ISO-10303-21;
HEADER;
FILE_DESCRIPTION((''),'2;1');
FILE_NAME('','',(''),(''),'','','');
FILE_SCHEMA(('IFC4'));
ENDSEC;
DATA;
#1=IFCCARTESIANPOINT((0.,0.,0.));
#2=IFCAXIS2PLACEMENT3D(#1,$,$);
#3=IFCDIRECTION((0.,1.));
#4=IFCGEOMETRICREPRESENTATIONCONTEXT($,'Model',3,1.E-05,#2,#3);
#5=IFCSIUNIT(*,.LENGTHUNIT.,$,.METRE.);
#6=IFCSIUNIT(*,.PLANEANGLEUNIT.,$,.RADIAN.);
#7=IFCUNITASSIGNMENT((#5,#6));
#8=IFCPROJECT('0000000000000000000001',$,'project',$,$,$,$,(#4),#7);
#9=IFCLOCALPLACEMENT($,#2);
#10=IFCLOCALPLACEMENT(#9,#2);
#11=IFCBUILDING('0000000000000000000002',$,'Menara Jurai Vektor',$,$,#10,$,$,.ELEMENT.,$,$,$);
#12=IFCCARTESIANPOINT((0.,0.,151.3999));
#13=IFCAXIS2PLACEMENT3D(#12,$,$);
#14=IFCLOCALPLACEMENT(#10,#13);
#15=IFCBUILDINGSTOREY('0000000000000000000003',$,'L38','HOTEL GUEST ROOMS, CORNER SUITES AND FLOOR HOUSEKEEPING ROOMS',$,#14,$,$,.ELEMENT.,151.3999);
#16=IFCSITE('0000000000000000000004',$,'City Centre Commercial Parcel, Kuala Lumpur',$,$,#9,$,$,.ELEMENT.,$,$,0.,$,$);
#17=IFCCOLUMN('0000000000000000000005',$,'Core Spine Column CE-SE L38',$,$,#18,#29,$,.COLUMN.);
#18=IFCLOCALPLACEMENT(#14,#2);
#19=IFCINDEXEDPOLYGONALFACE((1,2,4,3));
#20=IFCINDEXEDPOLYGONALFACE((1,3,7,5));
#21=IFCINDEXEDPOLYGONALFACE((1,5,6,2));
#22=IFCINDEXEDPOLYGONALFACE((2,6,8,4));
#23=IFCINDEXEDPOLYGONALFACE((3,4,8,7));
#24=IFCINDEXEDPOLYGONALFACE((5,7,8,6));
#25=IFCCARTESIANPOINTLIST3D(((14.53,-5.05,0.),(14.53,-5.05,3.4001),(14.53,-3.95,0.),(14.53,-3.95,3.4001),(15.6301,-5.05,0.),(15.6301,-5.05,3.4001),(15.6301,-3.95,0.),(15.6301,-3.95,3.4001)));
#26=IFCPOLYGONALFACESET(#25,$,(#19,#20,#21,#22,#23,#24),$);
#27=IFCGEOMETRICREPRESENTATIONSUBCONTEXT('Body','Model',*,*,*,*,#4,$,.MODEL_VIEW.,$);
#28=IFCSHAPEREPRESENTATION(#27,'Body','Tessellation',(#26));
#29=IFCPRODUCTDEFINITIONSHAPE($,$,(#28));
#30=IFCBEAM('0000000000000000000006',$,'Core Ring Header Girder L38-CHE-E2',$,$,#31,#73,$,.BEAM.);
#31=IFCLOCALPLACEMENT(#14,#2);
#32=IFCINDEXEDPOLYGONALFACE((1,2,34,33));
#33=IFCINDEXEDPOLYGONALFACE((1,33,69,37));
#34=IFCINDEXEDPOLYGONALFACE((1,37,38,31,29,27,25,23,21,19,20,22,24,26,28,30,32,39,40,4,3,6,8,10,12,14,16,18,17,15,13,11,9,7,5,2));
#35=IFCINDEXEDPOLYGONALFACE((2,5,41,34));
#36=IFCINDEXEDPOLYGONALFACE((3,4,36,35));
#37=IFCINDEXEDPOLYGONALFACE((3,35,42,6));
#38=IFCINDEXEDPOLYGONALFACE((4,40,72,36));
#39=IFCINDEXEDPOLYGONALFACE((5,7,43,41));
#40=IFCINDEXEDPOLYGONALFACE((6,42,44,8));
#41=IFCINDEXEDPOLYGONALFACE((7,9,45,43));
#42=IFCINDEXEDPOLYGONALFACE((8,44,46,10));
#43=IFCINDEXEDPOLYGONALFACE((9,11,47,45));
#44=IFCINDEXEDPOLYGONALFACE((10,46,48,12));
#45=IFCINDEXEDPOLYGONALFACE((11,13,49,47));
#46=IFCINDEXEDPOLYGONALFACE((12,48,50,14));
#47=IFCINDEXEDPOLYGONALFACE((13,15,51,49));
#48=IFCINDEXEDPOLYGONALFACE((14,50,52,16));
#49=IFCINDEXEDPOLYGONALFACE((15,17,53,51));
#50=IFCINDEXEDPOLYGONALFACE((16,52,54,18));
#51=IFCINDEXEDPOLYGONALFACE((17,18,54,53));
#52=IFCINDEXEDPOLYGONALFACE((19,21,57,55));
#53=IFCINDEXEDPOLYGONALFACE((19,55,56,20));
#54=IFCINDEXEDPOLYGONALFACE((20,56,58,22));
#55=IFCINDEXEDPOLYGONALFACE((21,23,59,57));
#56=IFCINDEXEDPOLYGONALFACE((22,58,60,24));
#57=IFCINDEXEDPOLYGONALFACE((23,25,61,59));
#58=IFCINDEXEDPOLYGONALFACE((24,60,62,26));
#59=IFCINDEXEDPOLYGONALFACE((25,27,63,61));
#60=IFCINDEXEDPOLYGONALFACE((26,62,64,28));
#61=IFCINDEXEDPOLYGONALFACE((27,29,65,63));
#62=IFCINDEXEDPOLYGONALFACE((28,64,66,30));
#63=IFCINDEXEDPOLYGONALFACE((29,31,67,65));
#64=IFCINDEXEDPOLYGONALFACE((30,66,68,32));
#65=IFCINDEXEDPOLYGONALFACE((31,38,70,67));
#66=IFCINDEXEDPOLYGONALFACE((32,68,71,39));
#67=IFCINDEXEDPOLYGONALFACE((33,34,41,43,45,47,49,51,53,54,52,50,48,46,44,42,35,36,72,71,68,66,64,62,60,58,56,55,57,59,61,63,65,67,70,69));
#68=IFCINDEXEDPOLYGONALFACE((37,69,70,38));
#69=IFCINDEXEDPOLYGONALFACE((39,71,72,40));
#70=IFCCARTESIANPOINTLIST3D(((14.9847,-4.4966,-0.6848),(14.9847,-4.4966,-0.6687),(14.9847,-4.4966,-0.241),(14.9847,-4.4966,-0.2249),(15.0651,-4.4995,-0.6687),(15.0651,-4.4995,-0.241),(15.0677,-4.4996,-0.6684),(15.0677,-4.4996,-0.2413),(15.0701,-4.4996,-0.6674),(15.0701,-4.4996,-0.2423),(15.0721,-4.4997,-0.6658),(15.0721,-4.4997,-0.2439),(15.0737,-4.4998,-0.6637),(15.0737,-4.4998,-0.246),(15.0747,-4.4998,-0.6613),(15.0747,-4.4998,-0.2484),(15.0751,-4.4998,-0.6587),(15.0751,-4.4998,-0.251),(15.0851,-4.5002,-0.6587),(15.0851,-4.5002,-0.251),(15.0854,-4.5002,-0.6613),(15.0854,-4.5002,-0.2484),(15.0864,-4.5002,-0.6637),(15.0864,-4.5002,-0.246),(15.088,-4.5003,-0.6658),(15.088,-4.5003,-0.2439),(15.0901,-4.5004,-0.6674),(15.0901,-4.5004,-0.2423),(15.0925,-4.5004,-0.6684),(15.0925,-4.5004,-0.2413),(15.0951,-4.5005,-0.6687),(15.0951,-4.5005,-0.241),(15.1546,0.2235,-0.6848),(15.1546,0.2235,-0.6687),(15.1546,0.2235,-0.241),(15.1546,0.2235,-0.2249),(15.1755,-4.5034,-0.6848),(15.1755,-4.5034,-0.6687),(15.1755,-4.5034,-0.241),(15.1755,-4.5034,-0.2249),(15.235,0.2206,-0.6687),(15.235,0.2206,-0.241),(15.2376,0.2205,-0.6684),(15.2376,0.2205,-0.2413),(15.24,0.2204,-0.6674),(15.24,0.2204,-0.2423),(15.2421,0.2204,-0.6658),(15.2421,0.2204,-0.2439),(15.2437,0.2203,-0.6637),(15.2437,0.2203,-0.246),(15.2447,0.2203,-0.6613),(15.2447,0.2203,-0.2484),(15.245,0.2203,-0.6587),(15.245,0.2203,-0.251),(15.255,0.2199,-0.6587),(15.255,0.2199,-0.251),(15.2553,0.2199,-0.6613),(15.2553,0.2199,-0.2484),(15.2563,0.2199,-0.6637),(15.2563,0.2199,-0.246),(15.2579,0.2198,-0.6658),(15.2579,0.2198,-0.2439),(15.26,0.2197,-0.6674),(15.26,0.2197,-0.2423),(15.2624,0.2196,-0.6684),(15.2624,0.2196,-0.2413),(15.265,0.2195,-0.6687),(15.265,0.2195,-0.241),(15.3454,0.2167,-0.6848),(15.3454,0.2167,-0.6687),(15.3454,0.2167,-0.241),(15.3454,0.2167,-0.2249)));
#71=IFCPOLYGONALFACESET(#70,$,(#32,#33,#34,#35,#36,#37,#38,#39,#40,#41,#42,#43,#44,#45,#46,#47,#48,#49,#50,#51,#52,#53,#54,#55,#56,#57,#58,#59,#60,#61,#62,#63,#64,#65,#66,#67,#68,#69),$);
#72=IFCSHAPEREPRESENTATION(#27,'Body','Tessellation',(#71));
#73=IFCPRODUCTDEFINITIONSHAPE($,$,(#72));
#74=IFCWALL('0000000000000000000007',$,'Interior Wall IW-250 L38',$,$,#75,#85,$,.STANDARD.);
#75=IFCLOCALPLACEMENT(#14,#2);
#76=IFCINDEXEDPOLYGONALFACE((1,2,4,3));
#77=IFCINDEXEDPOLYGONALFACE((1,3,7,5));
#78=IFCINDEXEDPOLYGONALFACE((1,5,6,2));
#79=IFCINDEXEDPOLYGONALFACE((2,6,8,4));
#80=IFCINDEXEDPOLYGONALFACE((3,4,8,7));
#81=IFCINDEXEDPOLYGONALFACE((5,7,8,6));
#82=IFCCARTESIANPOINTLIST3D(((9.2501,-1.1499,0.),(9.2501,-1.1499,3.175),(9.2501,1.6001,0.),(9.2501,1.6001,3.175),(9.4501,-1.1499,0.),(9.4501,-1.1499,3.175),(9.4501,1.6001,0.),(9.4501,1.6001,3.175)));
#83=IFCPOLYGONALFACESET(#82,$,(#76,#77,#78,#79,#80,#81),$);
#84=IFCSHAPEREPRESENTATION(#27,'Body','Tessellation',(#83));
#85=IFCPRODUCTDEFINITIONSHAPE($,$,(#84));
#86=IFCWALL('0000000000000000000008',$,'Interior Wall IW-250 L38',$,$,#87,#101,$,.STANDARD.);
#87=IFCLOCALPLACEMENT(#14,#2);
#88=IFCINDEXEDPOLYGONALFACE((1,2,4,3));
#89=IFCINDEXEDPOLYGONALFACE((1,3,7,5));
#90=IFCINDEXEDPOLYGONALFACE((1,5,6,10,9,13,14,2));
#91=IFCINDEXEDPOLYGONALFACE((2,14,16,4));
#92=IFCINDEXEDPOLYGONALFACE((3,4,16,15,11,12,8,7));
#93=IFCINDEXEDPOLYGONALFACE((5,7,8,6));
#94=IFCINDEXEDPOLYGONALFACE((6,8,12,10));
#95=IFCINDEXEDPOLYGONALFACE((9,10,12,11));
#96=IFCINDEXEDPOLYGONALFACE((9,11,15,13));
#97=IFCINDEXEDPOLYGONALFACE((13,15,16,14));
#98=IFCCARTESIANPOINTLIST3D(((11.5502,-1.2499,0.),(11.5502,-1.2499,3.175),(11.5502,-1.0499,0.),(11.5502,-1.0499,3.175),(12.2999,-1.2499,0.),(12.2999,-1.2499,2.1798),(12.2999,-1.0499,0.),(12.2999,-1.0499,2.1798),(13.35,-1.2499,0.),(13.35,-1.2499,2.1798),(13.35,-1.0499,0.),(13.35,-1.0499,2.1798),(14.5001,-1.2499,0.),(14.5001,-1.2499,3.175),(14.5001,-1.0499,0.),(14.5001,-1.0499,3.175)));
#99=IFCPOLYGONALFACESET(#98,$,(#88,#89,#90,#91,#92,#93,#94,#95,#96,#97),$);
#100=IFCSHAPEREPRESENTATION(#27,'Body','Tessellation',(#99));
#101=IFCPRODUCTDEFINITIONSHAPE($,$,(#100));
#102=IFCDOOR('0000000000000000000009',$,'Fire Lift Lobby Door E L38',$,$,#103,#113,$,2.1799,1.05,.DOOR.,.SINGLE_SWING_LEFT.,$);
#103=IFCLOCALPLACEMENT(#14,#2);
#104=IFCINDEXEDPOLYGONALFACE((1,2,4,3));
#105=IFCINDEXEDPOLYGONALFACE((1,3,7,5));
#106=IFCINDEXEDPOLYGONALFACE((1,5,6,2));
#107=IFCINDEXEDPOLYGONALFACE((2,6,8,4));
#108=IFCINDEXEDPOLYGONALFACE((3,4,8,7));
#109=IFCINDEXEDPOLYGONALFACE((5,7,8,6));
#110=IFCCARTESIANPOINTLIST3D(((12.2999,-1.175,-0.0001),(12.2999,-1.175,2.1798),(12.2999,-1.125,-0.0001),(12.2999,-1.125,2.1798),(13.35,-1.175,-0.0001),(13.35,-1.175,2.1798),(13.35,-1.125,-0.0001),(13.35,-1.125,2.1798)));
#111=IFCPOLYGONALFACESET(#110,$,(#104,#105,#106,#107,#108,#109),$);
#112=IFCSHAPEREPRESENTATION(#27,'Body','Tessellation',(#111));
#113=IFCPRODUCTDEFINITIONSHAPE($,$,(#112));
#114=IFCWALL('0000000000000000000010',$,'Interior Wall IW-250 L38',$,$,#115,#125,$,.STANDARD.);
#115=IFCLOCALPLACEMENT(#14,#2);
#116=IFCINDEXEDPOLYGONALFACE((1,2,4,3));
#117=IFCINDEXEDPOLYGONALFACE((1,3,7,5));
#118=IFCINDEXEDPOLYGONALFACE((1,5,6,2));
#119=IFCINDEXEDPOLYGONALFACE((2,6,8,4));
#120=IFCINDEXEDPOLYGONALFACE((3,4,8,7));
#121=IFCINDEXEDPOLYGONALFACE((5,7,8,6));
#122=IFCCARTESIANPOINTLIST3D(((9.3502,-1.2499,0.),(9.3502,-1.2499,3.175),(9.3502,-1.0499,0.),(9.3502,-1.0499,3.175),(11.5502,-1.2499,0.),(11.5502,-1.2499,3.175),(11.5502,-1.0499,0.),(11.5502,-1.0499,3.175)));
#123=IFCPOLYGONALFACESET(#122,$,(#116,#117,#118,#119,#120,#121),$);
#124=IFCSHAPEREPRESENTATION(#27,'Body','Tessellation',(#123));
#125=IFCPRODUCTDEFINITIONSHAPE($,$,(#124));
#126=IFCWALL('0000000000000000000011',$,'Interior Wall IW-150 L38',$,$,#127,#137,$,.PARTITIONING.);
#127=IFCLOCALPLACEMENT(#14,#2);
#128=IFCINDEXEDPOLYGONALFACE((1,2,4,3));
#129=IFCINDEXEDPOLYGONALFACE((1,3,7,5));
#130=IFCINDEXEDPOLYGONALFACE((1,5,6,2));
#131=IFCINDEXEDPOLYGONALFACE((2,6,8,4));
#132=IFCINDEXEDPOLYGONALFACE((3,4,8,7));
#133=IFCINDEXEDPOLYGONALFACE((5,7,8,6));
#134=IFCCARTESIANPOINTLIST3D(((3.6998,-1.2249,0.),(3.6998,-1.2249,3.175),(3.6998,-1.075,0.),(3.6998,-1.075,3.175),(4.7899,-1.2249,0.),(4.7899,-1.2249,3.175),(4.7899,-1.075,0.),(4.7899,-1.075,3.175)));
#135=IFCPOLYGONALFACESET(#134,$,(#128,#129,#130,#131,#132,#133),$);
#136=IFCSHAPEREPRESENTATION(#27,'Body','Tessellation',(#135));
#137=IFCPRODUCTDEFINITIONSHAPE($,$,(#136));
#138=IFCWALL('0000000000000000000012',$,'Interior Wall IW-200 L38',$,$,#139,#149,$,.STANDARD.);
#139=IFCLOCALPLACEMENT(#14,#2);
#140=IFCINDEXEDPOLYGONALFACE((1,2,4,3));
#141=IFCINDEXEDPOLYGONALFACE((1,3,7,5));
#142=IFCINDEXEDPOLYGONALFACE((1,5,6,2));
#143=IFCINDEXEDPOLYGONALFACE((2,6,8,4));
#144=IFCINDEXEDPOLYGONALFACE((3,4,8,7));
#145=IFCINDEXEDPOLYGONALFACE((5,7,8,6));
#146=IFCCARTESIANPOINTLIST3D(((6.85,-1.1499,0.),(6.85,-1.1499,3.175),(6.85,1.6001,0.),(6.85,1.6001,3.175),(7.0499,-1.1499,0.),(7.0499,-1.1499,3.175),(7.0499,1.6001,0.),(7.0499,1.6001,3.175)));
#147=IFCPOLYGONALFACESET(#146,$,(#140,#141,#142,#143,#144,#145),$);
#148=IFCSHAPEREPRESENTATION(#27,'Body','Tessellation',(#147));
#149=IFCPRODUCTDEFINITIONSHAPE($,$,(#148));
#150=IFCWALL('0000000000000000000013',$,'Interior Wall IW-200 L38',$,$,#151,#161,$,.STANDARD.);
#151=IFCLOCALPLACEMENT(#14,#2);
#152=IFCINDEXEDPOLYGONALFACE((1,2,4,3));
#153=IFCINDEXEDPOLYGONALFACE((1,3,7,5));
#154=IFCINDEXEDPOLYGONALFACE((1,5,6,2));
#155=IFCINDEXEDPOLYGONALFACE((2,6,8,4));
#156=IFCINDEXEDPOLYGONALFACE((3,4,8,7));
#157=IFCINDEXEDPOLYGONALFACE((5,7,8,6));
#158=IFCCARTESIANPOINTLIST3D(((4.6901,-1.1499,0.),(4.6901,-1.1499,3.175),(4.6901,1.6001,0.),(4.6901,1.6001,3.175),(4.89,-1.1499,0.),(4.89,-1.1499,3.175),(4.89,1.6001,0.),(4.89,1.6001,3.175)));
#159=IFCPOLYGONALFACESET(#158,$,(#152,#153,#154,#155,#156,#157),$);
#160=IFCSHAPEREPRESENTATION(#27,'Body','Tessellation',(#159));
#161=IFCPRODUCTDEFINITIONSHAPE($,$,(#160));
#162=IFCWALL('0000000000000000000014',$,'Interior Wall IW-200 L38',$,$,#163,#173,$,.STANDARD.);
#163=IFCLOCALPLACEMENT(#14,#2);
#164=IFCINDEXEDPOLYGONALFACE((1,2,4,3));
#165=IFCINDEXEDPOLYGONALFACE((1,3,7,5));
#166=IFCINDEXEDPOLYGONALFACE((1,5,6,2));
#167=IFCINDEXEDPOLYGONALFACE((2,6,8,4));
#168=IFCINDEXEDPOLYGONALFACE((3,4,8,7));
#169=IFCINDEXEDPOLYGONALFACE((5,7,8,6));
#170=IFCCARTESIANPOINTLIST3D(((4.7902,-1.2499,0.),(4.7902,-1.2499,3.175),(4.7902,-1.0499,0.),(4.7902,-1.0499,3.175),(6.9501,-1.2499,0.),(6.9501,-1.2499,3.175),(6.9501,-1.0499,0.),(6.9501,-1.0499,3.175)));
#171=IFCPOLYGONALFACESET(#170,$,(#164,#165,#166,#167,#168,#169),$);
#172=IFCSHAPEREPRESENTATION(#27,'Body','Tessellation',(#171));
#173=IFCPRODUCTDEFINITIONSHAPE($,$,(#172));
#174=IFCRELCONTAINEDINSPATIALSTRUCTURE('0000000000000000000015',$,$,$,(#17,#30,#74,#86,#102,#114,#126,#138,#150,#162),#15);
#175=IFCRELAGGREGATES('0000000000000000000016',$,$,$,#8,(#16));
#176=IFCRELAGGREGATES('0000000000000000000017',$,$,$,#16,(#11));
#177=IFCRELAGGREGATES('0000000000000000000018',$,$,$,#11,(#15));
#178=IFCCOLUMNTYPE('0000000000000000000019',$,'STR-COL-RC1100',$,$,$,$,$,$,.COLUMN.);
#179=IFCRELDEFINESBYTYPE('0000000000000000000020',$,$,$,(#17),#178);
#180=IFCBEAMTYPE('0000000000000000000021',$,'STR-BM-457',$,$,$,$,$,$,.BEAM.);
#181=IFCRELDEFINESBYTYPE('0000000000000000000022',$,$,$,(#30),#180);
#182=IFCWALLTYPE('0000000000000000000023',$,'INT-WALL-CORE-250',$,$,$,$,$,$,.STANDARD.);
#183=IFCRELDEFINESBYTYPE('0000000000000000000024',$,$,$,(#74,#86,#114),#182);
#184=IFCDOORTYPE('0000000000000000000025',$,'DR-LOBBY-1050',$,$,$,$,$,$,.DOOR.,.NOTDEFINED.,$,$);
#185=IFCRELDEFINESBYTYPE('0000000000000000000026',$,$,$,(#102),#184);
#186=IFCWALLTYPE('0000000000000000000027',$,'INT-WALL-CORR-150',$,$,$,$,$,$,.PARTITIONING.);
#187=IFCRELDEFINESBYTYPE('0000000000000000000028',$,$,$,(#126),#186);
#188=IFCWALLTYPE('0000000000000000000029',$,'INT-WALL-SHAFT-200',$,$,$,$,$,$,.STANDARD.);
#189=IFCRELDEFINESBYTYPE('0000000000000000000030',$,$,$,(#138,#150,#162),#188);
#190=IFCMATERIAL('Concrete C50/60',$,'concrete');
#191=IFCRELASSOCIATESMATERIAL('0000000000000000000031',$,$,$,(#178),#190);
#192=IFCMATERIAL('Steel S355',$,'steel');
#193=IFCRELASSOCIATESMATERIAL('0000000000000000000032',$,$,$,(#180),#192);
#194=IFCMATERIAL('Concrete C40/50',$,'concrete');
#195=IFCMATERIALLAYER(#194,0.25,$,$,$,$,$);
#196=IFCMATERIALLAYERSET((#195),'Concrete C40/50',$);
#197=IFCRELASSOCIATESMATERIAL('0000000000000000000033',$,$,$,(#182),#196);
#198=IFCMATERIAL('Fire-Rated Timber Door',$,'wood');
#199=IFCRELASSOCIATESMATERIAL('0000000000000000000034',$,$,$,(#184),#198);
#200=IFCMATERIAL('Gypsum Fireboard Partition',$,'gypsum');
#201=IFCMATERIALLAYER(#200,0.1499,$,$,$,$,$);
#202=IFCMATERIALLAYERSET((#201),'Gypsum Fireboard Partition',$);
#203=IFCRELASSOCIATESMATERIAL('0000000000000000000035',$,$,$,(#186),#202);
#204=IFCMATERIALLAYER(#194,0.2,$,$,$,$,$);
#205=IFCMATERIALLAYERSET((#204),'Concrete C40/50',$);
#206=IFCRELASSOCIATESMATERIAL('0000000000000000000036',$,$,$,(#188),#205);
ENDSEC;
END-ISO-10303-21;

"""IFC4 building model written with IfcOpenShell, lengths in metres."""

from ifc_helpers import new_model, si_unit, direction, frame, frame_2d, origin, origin_2d, place, context, subcontext, project, spatial, rectangle, i_section, extrude, material, layer, layer_set, material_profile, profile_set, type_object, element, fill, save


model = new_model("IFC4")

# Units and contexts
model_context = context("Model", 3, precision=1e-05, world=origin(), true_north=direction((0.0, 1.0)))
body_context = subcontext(model_context, "Body", "Model", "MODEL_VIEW")
ifc_project = project(units=[si_unit("LENGTHUNIT", "METRE"), si_unit("PLANEANGLEUNIT", "RADIAN")], contexts=[model_context])

# Site, building, storey
site_placement = place(None, origin())
site = spatial("IfcSite", under=ifc_project, at=site_placement, Name="City Centre Commercial Parcel, Kuala Lumpur", CompositionType="ELEMENT", RefElevation=0.0)
building_placement = place(site_placement, origin())
building = spatial("IfcBuilding", under=site, at=building_placement, Name="Menara Jurai Vektor", CompositionType="ELEMENT")
storey_placement = place(building_placement, frame((0.0, 0.0, 151.3999)))
storey = spatial("IfcBuildingStorey", under=building, at=storey_placement, Name="L38", Description="HOTEL GUEST ROOMS, CORNER SUITES AND FLOOR HOUSEKEEPING ROOMS", CompositionType="ELEMENT", Elevation=151.3999)

# Column
ifc_material_1 = material(Name="Concrete C50/60", Category="concrete")
ifc_material_profile_1 = material_profile(ifc_material_1, rectangle(XDim=1.1001, YDim=1.1001, at=origin_2d()), Name="RC 1100x1100")
ifc_profile_set_1 = profile_set([ifc_material_profile_1], Name="Concrete C50/60")
column_type = type_object("IfcColumnType", Name="STR-COL-RC1100", PredefinedType="COLUMN", material=ifc_profile_set_1)
column_placement = place(storey_placement, frame((15.0801, -4.5, 0.0), z_axis=(0.0, 0.0, 1.0), x_axis=(1.0, 0.0, 0.0)))
element("IfcColumn", 1, at=column_placement, inside=storey, type_object=column_type, Name="Core Spine Column CE-SE L38", PredefinedType="COLUMN", context=body_context, shape_type="SweptSolid", body=[
    extrude(rectangle(XDim=1.1001, YDim=1.1001, at=origin_2d()), origin(), (0.0, 0.0, 1.0), 3.4001),
])

# Beam
ifc_material_2 = material(Name="Steel S355", Category="steel")
ifc_material_profile_2 = material_profile(ifc_material_2, i_section(OverallWidth=0.1909, OverallDepth=0.46, WebThickness=0.01, FlangeThickness=0.0161, FilletRadius=0.01, at=origin_2d()), Name="UKB 457x191x82")
ifc_profile_set_2 = profile_set([ifc_material_profile_2], Name="Steel S355")
beam_type = type_object("IfcBeamType", Name="STR-BM-457", PredefinedType="BEAM", material=ifc_profile_set_2)
beam_placement = place(storey_placement, frame((15.0801, -4.5, -0.4548), z_axis=(0.035977, 0.999353, 0.0), x_axis=(-0.999353, 0.035977, 0.0)))
element("IfcBeam", 2, at=beam_placement, inside=storey, type_object=beam_type, Name="Core Ring Header Girder L38-CHE-E2", PredefinedType="BEAM", context=body_context, shape_type="SweptSolid", body=[
    extrude(i_section(OverallWidth=0.1909, OverallDepth=0.46, WebThickness=0.01, FlangeThickness=0.0161, FilletRadius=0.01, at=origin_2d()), origin(), (0.0, 0.0, 1.0), 4.7231),
])

# Shared definitions
ifc_material_3 = material(Name="Concrete C40/50", Category="concrete")
ifc_layer_1 = layer(ifc_material_3, 0.25)
ifc_layer_set_1 = layer_set([ifc_layer_1], Name="Concrete C40/50")
wall_type_1 = type_object("IfcWallType", Name="INT-WALL-CORE-250", PredefinedType="STANDARD", material=ifc_layer_set_1)

# Wall
wall_1_placement = place(storey_placement, frame((9.3501, -1.1499, 0.0), z_axis=(0.0, 0.0, 1.0), x_axis=(0.0, 1.0, 0.0)))
element("IfcWall", 3, at=wall_1_placement, inside=storey, type_object=wall_type_1, Name="Interior Wall IW-250 L38", PredefinedType="STANDARD", context=body_context, shape_type="SweptSolid", body=[
    extrude(rectangle(XDim=2.75, YDim=0.2, at=frame_2d((1.375, 0.0))), origin(), (0.0, 0.0, 1.0), 3.175),
])

# Wall, opening, door
wall_2_placement = place(storey_placement, frame((11.55, -1.1499, 0.0), z_axis=(0.0, 0.0, 1.0), x_axis=(1.0, 0.0, 0.0)))
wall_2 = element("IfcWall", 4, at=wall_2_placement, inside=storey, type_object=wall_type_1, Name="Interior Wall IW-250 L38", PredefinedType="STANDARD", context=body_context, shape_type="SweptSolid", body=[
    extrude(rectangle(XDim=2.95, YDim=0.2, at=frame_2d((1.4751, 0.0))), origin(), (0.0, 0.0, 1.0), 3.175),
])
opening_1_placement = place(wall_2_placement, frame((0.75, 0.0, 0.0)))
opening_1 = element("IfcOpeningElement", 5, at=opening_1_placement, cuts=wall_2, PredefinedType="OPENING", context=body_context, shape_type="SweptSolid", body=[
    extrude(rectangle(XDim=1.05, YDim=2.1799, at=frame_2d((0.5249, 1.0898))), frame((0.0, 0.1099, 0.0), z_axis=(0.0, -1.0, 0.0), x_axis=(1.0, 0.0, 0.0)), (0.0, 0.0, 1.0), 0.22),
])
ifc_material_4 = material(Name="Fire-Rated Timber Door", Category="wood")
door_type_1 = type_object("IfcDoorType", Name="DR-LOBBY-1050", OperationType="NOTDEFINED", PredefinedType="DOOR", material=ifc_material_4)
door_1_placement = place(opening_1_placement, origin())
door_1 = element("IfcDoor", 6, at=door_1_placement, inside=storey, type_object=door_type_1, Name="Fire Lift Lobby Door E L38", OperationType="SINGLE_SWING_LEFT", OverallHeight=2.1799, OverallWidth=1.05, PredefinedType="DOOR", context=body_context, shape_type="SweptSolid", body=[
    extrude(rectangle(XDim=1.05, YDim=2.1799, at=frame_2d((0.5249, 1.0898))), frame((0.0, 0.0249, 0.0), z_axis=(0.0, -1.0, 0.0), x_axis=(1.0, 0.0, 0.0)), (0.0, 0.0, 1.0), 0.05),
])
fill(opening_1, door_1)

# Walls
wall_3_placement = place(storey_placement, frame((9.3501, -1.1499, 0.0), z_axis=(0.0, 0.0, 1.0), x_axis=(1.0, 0.0, 0.0)))
element("IfcWall", 7, at=wall_3_placement, inside=storey, type_object=wall_type_1, Name="Interior Wall IW-250 L38", PredefinedType="STANDARD", context=body_context, shape_type="SweptSolid", body=[
    extrude(rectangle(XDim=2.2, YDim=0.2, at=frame_2d((1.1001, 0.0))), origin(), (0.0, 0.0, 1.0), 3.175),
])
ifc_material_5 = material(Name="Gypsum Fireboard Partition", Category="gypsum")
ifc_layer_2 = layer(ifc_material_5, 0.1499)
ifc_layer_set_2 = layer_set([ifc_layer_2], Name="Gypsum Fireboard Partition")
wall_type_2 = type_object("IfcWallType", Name="INT-WALL-CORR-150", PredefinedType="PARTITIONING", material=ifc_layer_set_2)
wall_4_placement = place(storey_placement, frame((3.7, -1.1499, 0.0), z_axis=(0.0, 0.0, 1.0), x_axis=(1.0, 0.0, 0.0)))
element("IfcWall", 8, at=wall_4_placement, inside=storey, type_object=wall_type_2, Name="Interior Wall IW-150 L38", PredefinedType="PARTITIONING", context=body_context, shape_type="SweptSolid", body=[
    extrude(rectangle(XDim=1.0901, YDim=0.1499, at=frame_2d((0.5449, 0.0))), origin(), (0.0, 0.0, 1.0), 3.175),
])

# Shared definitions
ifc_layer_3 = layer(ifc_material_3, 0.2)
ifc_layer_set_3 = layer_set([ifc_layer_3], Name="Concrete C40/50")
wall_type_3 = type_object("IfcWallType", Name="INT-WALL-SHAFT-200", PredefinedType="STANDARD", material=ifc_layer_set_3)

# Wall
wall_5_placement = place(storey_placement, frame((6.95, -1.1499, 0.0), z_axis=(0.0, 0.0, 1.0), x_axis=(0.0, 1.0, 0.0)))
element("IfcWall", 9, at=wall_5_placement, inside=storey, type_object=wall_type_3, Name="Interior Wall IW-200 L38", PredefinedType="STANDARD", context=body_context, shape_type="SweptSolid", body=[
    extrude(rectangle(XDim=2.75, YDim=0.2, at=frame_2d((1.375, 0.0))), origin(), (0.0, 0.0, 1.0), 3.175),
])

# Walls
wall_6_placement = place(storey_placement, frame((4.79, -1.1499, 0.0), z_axis=(0.0, 0.0, 1.0), x_axis=(0.0, 1.0, 0.0)))
element("IfcWall", 10, at=wall_6_placement, inside=storey, type_object=wall_type_3, Name="Interior Wall IW-200 L38", PredefinedType="STANDARD", context=body_context, shape_type="SweptSolid", body=[
    extrude(rectangle(XDim=2.75, YDim=0.2, at=frame_2d((1.375, 0.0))), origin(), (0.0, 0.0, 1.0), 3.175),
])
wall_7_placement = place(storey_placement, frame((4.79, -1.1499, 0.0), z_axis=(0.0, 0.0, 1.0), x_axis=(1.0, 0.0, 0.0)))
element("IfcWall", 11, at=wall_7_placement, inside=storey, type_object=wall_type_3, Name="Interior Wall IW-200 L38", PredefinedType="STANDARD", context=body_context, shape_type="SweptSolid", body=[
    extrude(rectangle(XDim=2.1599, YDim=0.2, at=frame_2d((1.0801, 0.0))), origin(), (0.0, 0.0, 1.0), 3.175),
])

save(model, "model.ifc")
